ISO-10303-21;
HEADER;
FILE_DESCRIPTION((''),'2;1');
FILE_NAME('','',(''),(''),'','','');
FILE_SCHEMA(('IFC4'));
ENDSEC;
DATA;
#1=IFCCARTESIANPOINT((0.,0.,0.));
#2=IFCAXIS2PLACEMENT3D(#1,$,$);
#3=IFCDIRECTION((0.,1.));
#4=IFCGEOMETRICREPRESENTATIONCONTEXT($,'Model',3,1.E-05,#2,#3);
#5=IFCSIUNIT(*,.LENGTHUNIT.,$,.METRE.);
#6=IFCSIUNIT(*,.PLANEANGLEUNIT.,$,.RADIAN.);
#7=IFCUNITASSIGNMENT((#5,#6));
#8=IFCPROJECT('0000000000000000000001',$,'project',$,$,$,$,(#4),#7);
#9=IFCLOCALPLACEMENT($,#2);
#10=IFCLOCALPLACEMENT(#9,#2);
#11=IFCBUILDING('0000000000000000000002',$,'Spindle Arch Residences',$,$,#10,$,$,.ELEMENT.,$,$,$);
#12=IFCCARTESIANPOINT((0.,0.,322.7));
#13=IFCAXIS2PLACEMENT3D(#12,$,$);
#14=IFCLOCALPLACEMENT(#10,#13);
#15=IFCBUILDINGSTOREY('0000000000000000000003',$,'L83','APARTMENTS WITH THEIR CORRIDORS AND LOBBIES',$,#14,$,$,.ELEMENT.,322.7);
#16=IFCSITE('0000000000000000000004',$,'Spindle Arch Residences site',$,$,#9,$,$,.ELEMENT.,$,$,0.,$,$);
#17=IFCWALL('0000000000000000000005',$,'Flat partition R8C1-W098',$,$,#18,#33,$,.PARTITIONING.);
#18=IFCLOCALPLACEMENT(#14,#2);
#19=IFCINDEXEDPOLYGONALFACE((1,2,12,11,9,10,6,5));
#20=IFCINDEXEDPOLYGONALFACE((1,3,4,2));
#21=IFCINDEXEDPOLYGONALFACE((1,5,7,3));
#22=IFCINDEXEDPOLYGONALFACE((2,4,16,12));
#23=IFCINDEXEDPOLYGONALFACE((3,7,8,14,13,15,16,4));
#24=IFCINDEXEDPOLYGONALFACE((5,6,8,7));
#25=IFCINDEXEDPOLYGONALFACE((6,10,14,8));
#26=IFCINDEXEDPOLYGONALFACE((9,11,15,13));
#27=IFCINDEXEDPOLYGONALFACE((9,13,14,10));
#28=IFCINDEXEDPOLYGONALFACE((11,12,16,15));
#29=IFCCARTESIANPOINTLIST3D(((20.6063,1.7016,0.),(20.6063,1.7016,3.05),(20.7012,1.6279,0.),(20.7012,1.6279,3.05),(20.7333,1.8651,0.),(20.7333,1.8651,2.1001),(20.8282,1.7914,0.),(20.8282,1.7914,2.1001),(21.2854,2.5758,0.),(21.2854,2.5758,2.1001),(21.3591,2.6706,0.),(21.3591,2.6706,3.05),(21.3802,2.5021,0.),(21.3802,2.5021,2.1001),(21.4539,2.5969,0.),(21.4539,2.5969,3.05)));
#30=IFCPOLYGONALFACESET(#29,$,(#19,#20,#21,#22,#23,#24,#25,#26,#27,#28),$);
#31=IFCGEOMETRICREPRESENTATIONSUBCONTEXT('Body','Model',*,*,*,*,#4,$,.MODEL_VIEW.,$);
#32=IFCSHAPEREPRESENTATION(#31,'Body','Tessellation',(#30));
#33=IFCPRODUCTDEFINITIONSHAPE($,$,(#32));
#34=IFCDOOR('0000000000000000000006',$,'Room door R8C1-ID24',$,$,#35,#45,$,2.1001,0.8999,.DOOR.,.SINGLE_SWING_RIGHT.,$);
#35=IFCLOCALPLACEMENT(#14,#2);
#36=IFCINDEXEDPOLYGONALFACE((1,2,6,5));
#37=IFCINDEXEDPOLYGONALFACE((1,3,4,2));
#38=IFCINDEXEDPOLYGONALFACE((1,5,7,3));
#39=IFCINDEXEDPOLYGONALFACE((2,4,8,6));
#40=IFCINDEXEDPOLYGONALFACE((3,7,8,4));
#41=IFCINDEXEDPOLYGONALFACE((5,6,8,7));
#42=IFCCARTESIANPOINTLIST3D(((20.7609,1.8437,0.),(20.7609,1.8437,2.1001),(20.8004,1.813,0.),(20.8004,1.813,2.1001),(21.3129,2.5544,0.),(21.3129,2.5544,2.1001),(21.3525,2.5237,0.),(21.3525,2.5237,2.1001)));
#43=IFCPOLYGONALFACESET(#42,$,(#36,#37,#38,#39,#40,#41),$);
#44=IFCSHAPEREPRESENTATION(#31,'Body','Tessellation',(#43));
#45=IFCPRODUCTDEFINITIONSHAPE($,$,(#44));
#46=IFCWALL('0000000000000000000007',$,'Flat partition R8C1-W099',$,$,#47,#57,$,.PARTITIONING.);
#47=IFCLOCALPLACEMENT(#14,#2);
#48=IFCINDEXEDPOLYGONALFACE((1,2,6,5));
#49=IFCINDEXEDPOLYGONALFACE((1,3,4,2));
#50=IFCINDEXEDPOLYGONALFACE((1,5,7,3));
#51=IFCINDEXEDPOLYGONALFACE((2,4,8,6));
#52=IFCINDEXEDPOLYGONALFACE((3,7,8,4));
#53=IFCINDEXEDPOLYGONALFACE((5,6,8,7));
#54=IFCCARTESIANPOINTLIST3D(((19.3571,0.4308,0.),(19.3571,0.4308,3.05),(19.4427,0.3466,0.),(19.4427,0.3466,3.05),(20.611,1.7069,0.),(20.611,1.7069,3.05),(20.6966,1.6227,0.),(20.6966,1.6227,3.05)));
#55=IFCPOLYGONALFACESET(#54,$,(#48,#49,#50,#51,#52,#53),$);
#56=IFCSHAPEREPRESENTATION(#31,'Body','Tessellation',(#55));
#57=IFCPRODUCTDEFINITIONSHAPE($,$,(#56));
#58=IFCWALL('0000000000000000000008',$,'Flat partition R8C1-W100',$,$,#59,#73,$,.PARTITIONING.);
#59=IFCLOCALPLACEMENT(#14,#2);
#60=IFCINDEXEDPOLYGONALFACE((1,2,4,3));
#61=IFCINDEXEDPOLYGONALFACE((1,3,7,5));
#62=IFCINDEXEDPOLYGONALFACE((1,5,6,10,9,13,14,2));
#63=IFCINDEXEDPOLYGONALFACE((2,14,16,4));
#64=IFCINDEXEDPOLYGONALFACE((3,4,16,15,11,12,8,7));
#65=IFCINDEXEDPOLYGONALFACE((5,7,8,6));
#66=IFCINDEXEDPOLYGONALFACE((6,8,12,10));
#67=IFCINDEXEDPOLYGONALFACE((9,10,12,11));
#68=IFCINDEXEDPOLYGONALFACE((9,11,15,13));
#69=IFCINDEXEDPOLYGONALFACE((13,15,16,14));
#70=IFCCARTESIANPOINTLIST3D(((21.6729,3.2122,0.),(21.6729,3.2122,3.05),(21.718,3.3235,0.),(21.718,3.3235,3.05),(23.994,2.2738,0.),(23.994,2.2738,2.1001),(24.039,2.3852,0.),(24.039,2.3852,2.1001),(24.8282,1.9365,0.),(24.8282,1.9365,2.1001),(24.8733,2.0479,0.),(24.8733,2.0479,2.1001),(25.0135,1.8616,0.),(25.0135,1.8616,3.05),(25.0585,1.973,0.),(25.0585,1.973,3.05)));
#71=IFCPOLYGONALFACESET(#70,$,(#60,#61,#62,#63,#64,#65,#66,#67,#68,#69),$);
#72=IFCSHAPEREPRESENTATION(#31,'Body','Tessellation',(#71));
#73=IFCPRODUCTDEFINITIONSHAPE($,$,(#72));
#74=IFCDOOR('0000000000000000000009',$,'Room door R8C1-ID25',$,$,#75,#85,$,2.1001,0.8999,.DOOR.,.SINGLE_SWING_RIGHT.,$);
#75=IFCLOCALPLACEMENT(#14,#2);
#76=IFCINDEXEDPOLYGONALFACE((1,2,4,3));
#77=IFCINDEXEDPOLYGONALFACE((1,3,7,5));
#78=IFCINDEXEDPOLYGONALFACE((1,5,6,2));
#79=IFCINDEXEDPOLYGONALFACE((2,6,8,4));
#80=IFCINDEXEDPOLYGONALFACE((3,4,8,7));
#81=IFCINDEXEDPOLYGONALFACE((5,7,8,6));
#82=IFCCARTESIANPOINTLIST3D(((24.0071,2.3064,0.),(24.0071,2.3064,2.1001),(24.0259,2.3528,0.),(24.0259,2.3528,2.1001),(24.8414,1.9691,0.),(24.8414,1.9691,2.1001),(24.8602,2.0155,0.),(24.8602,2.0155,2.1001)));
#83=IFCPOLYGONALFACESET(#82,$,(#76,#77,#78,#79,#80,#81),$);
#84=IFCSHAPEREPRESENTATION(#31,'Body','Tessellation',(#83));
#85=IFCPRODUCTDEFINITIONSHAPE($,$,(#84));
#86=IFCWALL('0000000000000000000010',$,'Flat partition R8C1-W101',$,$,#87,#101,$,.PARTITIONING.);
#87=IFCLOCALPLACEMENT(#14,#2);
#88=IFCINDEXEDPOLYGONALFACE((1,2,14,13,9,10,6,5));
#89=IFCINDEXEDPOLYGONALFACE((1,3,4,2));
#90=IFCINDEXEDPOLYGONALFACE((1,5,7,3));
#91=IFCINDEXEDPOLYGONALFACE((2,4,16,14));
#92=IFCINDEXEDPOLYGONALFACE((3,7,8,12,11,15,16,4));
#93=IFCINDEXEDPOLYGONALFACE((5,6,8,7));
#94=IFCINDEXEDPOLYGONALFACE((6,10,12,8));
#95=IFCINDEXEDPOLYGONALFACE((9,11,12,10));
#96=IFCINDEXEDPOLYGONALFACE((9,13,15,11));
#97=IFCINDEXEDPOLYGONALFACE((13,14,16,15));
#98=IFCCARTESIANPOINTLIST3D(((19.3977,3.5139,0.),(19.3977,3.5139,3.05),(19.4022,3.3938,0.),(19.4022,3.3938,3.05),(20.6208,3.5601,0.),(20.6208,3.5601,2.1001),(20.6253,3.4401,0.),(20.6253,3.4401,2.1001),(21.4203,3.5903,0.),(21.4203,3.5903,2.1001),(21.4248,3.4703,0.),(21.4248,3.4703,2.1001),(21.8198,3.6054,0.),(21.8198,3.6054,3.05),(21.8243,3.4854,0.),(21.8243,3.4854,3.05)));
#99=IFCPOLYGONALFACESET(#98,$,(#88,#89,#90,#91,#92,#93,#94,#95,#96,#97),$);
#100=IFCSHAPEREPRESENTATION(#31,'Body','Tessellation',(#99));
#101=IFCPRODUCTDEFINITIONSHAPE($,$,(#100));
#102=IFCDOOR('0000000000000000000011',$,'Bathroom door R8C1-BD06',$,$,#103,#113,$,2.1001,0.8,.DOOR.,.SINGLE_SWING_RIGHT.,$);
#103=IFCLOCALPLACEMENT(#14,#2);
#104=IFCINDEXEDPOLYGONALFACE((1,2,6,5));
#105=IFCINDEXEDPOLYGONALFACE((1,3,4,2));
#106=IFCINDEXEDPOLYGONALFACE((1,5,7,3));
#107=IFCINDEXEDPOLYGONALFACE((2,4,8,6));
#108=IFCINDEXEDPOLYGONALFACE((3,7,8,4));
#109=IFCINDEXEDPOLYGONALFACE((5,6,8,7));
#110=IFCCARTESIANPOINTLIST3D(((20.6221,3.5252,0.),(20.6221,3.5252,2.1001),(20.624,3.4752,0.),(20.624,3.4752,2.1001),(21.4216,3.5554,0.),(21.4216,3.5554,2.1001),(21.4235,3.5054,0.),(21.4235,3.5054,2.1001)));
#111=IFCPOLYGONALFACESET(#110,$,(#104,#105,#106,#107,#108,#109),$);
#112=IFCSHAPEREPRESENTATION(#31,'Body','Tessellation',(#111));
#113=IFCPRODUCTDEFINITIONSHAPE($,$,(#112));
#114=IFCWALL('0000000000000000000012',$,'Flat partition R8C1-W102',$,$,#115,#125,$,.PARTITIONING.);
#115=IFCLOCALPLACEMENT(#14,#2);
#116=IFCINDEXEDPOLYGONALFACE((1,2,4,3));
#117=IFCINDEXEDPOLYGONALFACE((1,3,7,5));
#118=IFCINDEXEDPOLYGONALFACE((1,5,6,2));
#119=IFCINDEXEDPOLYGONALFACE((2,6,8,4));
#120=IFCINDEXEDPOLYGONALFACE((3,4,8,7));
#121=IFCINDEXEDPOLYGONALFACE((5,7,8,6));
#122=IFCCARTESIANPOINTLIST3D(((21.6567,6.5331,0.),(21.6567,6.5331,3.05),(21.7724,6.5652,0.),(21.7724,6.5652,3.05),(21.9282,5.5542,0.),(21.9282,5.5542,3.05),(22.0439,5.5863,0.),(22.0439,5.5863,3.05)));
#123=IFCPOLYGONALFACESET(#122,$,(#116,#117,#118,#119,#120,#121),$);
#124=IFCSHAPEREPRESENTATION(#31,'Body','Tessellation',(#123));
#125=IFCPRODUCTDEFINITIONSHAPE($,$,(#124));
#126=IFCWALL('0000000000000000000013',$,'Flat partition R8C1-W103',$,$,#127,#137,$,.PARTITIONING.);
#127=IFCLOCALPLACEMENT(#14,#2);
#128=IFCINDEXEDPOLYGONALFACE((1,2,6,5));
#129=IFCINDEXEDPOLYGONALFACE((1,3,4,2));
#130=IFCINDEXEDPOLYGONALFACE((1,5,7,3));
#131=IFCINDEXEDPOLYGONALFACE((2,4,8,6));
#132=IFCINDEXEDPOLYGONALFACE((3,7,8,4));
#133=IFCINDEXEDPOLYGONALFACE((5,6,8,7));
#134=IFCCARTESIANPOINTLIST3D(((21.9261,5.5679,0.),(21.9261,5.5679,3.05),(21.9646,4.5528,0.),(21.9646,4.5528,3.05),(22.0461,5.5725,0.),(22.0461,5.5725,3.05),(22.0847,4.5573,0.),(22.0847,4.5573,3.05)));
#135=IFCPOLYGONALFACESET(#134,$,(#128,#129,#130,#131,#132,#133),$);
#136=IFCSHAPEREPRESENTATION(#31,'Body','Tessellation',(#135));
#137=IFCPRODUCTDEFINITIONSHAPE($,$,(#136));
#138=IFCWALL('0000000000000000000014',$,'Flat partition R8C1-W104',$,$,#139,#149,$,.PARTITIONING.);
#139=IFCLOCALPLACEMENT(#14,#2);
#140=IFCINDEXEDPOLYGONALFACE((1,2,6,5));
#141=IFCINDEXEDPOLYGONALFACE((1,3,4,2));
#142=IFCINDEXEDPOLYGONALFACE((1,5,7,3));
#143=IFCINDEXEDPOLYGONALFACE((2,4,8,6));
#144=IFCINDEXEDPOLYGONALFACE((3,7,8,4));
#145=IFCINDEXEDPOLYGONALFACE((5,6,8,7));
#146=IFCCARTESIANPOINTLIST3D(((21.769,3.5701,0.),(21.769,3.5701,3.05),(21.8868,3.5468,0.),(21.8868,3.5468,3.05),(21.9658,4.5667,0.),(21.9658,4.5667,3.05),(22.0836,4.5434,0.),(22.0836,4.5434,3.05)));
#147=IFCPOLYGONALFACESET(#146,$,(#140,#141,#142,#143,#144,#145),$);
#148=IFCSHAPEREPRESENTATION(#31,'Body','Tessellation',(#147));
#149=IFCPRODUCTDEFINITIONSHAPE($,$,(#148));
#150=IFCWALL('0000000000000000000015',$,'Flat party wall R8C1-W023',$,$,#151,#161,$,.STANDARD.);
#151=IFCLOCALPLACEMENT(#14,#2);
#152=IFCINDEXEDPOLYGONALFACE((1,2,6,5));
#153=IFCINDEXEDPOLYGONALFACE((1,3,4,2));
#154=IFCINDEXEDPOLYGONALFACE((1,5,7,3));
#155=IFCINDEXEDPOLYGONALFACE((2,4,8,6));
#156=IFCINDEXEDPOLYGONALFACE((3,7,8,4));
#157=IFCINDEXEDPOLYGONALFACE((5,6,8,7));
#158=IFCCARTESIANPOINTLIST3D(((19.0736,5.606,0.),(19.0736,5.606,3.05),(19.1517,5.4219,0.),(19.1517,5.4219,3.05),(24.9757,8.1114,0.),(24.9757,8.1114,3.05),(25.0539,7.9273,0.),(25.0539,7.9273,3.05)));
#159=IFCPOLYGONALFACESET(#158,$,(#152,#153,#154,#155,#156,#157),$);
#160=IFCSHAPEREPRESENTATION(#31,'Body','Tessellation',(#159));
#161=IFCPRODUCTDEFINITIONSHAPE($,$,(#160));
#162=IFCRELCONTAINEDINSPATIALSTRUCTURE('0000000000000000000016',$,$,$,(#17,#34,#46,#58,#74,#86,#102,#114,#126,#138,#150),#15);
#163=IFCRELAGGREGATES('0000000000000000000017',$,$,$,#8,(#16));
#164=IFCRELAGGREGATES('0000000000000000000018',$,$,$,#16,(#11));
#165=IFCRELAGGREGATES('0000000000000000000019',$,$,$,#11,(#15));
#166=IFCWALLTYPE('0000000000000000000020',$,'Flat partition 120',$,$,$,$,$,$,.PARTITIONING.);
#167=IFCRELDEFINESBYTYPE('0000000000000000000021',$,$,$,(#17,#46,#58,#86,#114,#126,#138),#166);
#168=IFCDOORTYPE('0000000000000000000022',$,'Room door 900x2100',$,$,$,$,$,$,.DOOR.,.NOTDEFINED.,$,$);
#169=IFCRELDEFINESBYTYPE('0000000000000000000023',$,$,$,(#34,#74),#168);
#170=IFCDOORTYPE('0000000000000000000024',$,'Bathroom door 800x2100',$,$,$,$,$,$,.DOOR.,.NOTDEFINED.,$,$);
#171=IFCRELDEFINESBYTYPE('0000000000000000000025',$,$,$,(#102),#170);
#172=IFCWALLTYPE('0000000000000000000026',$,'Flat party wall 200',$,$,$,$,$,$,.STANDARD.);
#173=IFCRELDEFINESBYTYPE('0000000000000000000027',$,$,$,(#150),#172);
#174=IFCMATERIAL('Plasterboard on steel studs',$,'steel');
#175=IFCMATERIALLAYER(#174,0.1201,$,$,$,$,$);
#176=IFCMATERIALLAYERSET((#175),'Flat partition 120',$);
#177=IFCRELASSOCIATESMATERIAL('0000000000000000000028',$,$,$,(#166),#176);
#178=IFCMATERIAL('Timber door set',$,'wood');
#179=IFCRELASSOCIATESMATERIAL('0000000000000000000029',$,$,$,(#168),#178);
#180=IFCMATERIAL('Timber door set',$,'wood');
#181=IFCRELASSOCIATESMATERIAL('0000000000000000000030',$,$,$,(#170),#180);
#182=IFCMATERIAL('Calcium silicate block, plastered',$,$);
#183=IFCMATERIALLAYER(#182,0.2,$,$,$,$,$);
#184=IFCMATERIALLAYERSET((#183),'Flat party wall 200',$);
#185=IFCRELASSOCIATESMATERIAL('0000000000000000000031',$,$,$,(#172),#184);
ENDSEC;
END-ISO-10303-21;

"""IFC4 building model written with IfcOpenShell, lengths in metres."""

from ifc_helpers import new_model, si_unit, direction, frame, frame_2d, origin, place, context, subcontext, project, spatial, rectangle, extrude, material, layer, layer_set, type_object, element, fill, save


model = new_model("IFC4")

# Units and contexts
model_context = context("Model", 3, precision=1e-05, world=origin(), true_north=direction((0.0, 1.0)))
body_context = subcontext(model_context, "Body", "Model", "MODEL_VIEW")
ifc_project = project(units=[si_unit("LENGTHUNIT", "METRE"), si_unit("PLANEANGLEUNIT", "RADIAN")], contexts=[model_context])

# Site, building, storey
site_placement = place(None, origin())
site = spatial("IfcSite", under=ifc_project, at=site_placement, Name="Spindle Arch Residences site", CompositionType="ELEMENT", RefElevation=0.0)
building_placement = place(site_placement, origin())
building = spatial("IfcBuilding", under=site, at=building_placement, Name="Spindle Arch Residences", CompositionType="ELEMENT")
storey_placement = place(building_placement, frame((0.0, 0.0, 322.7)))
storey = spatial("IfcBuildingStorey", under=building, at=storey_placement, Name="L83", Description="APARTMENTS WITH THEIR CORRIDORS AND LOBBIES", CompositionType="ELEMENT", Elevation=322.7)

# Shared definitions
ifc_material_1 = material(Name="Plasterboard on steel studs", Category="steel")
ifc_layer_1 = layer(ifc_material_1, 0.1201)
ifc_layer_set_1 = layer_set([ifc_layer_1], Name="Flat partition 120")
wall_type_1 = type_object("IfcWallType", Name="Flat partition 120", PredefinedType="PARTITIONING", material=ifc_layer_set_1)
ifc_material_2 = material(Name="Timber door set", Category="wood")
door_type_1 = type_object("IfcDoorType", Name="Room door 900x2100", OperationType="NOTDEFINED", PredefinedType="DOOR", material=ifc_material_2)

# Wall, opening, door
wall_1_placement = place(storey_placement, frame((21.4065, 2.6338, 0.0), z_axis=(0.0, 0.0, 1.0), x_axis=(-0.613445, -0.789738, 0.0)))
wall_1 = element("IfcWall", 1, at=wall_1_placement, inside=storey, type_object=wall_type_1, Name="Flat partition R8C1-W098", PredefinedType="PARTITIONING", context=body_context, shape_type="SweptSolid", body=[
    extrude(rectangle(XDim=1.2271, YDim=0.1201, at=frame_2d((0.6135, 0.0))), origin(), (0.0, 0.0, 1.0), 3.05),
])
opening_1_placement = place(wall_1_placement, frame((0.1201, 0.0, 0.0)))
opening_1 = element("IfcOpeningElement", 2, at=opening_1_placement, cuts=wall_1, PredefinedType="OPENING", context=body_context, shape_type="SweptSolid", body=[
    extrude(rectangle(XDim=0.8999, YDim=2.1001, at=frame_2d((0.45, 1.05))), frame((0.0, 0.0701, 0.0), z_axis=(0.0, -1.0, 0.0), x_axis=(1.0, 0.0, 0.0)), (0.0, 0.0, 1.0), 0.1401),
])
door_1_placement = place(opening_1_placement, origin())
door_1 = element("IfcDoor", 3, at=door_1_placement, inside=storey, type_object=door_type_1, Name="Room door R8C1-ID24", OperationType="SINGLE_SWING_RIGHT", OverallHeight=2.1001, OverallWidth=0.8999, PredefinedType="DOOR", context=body_context, shape_type="SweptSolid", body=[
    extrude(rectangle(XDim=0.8999, YDim=2.1001, at=frame_2d((0.45, 1.05))), frame((0.0, 0.0249, 0.0), z_axis=(0.0, -1.0, 0.0), x_axis=(1.0, 0.0, 0.0)), (0.0, 0.0, 1.0), 0.05),
])
fill(opening_1, door_1)

# Wall
wall_2_placement = place(storey_placement, frame((20.6538, 1.6648, 0.0), z_axis=(0.0, 0.0, 1.0), x_axis=(-0.70087, -0.713289, 0.0)))
element("IfcWall", 4, at=wall_2_placement, inside=storey, type_object=wall_type_1, Name="Flat partition R8C1-W099", PredefinedType="PARTITIONING", context=body_context, shape_type="SweptSolid", body=[
    extrude(rectangle(XDim=1.7891, YDim=0.1201, at=frame_2d((0.8945, 0.0))), origin(), (0.0, 0.0, 1.0), 3.05),
])

# Walls, openings, doors
wall_3_placement = place(storey_placement, frame((25.0361, 1.9172, 0.0), z_axis=(0.0, 0.0, 1.0), x_axis=(-0.927097, 0.374823, 0.0)))
wall_3 = element("IfcWall", 5, at=wall_3_placement, inside=storey, type_object=wall_type_1, Name="Flat partition R8C1-W100", PredefinedType="PARTITIONING", context=body_context, shape_type="SweptSolid", body=[
    extrude(rectangle(XDim=3.6033, YDim=0.1201, at=frame_2d((1.8018, 0.0))), origin(), (0.0, 0.0, 1.0), 3.05),
])
opening_2_placement = place(wall_3_placement, frame((0.2, 0.0, 0.0)))
opening_2 = element("IfcOpeningElement", 6, at=opening_2_placement, cuts=wall_3, PredefinedType="OPENING", context=body_context, shape_type="SweptSolid", body=[
    extrude(rectangle(XDim=0.8999, YDim=2.1001, at=frame_2d((0.45, 1.05))), frame((0.0, 0.0701, 0.0), z_axis=(0.0, -1.0, 0.0), x_axis=(1.0, 0.0, 0.0)), (0.0, 0.0, 1.0), 0.1401),
])
door_2_placement = place(opening_2_placement, origin())
door_2 = element("IfcDoor", 7, at=door_2_placement, inside=storey, type_object=door_type_1, Name="Room door R8C1-ID25", OperationType="SINGLE_SWING_RIGHT", OverallHeight=2.1001, OverallWidth=0.8999, PredefinedType="DOOR", context=body_context, shape_type="SweptSolid", body=[
    extrude(rectangle(XDim=0.8999, YDim=2.1001, at=frame_2d((0.45, 1.05))), frame((0.0, 0.0249, 0.0), z_axis=(0.0, -1.0, 0.0), x_axis=(1.0, 0.0, 0.0)), (0.0, 0.0, 1.0), 0.05),
])
fill(opening_2, door_2)
wall_4_placement = place(storey_placement, frame((21.822, 3.5454, 0.0), z_axis=(0.0, 0.0, 1.0), x_axis=(-0.999286, -0.037772, 0.0)))
wall_4 = element("IfcWall", 8, at=wall_4_placement, inside=storey, type_object=wall_type_1, Name="Flat partition R8C1-W101", PredefinedType="PARTITIONING", context=body_context, shape_type="SweptSolid", body=[
    extrude(rectangle(XDim=2.4238, YDim=0.1201, at=frame_2d((1.2119, 0.0))), origin(), (0.0, 0.0, 1.0), 3.05),
])
opening_3_placement = place(wall_4_placement, frame((0.3999, 0.0, 0.0)))
opening_3 = element("IfcOpeningElement", 9, at=opening_3_placement, cuts=wall_4, PredefinedType="OPENING", context=body_context, shape_type="SweptSolid", body=[
    extrude(rectangle(XDim=0.8, YDim=2.1001, at=frame_2d((0.3999, 1.05))), frame((0.0, 0.0701, 0.0), z_axis=(0.0, -1.0, 0.0), x_axis=(1.0, 0.0, 0.0)), (0.0, 0.0, 1.0), 0.1401),
])
ifc_material_3 = material(Name="Timber door set", Category="wood")
door_type_2 = type_object("IfcDoorType", Name="Bathroom door 800x2100", OperationType="NOTDEFINED", PredefinedType="DOOR", material=ifc_material_3)
door_3_placement = place(opening_3_placement, origin())
door_3 = element("IfcDoor", 10, at=door_3_placement, inside=storey, type_object=door_type_2, Name="Bathroom door R8C1-BD06", OperationType="SINGLE_SWING_RIGHT", OverallHeight=2.1001, OverallWidth=0.8, PredefinedType="DOOR", context=body_context, shape_type="SweptSolid", body=[
    extrude(rectangle(XDim=0.8, YDim=2.1001, at=frame_2d((0.3999, 1.05))), frame((0.0, 0.0249, 0.0), z_axis=(0.0, -1.0, 0.0), x_axis=(1.0, 0.0, 0.0)), (0.0, 0.0, 1.0), 0.05),
])
fill(opening_3, door_3)

# Walls
for number, where, z_axis, x_axis, name in (
    (11, (21.7146, 6.5491, 0.0), (0.0, 0.0, 1.0), (0.267222, -0.963635, 0.0), "Flat partition R8C1-W102"),
    (12, (21.9861, 5.5701, 0.0), (0.0, 0.0, 1.0), (0.037972, -0.999279, 0.0), "Flat partition R8C1-W103"),
    (13, (22.0247, 4.5549, 0.0), (0.0, 0.0, 1.0), (-0.193712, -0.981058, 0.0), "Flat partition R8C1-W104"),
):
    element("IfcWall", number, at=place(storey_placement, frame(where, z_axis=z_axis, x_axis=x_axis)), inside=storey, type_object=wall_type_1, Name=name, PredefinedType="PARTITIONING", context=body_context, shape_type="SweptSolid", body=[
        extrude(rectangle(XDim=1.0159, YDim=0.1201, at=frame_2d((0.5078, 0.0))), origin(), (0.0, 0.0, 1.0), 3.05),
    ])
ifc_material_4 = material(Name="Calcium silicate block, plastered")
ifc_layer_2 = layer(ifc_material_4, 0.2)
ifc_layer_set_2 = layer_set([ifc_layer_2], Name="Flat party wall 200")
wall_type_2 = type_object("IfcWallType", Name="Flat party wall 200", PredefinedType="STANDARD", material=ifc_layer_set_2)
wall_5_placement = place(storey_placement, frame((19.1125, 5.5139, 0.0), z_axis=(0.0, 0.0, 1.0), x_axis=(0.9205, 0.390741, 0.0)))
element("IfcWall", 14, at=wall_5_placement, inside=storey, type_object=wall_type_2, Name="Flat party wall R8C1-W023", PredefinedType="STANDARD", context=body_context, shape_type="SweptSolid", body=[
    extrude(rectangle(XDim=6.4119, YDim=0.2, at=frame_2d((3.2061, 0.0))), origin(), (0.0, 0.0, 1.0), 3.05),
])

save(model, "model.ifc")
